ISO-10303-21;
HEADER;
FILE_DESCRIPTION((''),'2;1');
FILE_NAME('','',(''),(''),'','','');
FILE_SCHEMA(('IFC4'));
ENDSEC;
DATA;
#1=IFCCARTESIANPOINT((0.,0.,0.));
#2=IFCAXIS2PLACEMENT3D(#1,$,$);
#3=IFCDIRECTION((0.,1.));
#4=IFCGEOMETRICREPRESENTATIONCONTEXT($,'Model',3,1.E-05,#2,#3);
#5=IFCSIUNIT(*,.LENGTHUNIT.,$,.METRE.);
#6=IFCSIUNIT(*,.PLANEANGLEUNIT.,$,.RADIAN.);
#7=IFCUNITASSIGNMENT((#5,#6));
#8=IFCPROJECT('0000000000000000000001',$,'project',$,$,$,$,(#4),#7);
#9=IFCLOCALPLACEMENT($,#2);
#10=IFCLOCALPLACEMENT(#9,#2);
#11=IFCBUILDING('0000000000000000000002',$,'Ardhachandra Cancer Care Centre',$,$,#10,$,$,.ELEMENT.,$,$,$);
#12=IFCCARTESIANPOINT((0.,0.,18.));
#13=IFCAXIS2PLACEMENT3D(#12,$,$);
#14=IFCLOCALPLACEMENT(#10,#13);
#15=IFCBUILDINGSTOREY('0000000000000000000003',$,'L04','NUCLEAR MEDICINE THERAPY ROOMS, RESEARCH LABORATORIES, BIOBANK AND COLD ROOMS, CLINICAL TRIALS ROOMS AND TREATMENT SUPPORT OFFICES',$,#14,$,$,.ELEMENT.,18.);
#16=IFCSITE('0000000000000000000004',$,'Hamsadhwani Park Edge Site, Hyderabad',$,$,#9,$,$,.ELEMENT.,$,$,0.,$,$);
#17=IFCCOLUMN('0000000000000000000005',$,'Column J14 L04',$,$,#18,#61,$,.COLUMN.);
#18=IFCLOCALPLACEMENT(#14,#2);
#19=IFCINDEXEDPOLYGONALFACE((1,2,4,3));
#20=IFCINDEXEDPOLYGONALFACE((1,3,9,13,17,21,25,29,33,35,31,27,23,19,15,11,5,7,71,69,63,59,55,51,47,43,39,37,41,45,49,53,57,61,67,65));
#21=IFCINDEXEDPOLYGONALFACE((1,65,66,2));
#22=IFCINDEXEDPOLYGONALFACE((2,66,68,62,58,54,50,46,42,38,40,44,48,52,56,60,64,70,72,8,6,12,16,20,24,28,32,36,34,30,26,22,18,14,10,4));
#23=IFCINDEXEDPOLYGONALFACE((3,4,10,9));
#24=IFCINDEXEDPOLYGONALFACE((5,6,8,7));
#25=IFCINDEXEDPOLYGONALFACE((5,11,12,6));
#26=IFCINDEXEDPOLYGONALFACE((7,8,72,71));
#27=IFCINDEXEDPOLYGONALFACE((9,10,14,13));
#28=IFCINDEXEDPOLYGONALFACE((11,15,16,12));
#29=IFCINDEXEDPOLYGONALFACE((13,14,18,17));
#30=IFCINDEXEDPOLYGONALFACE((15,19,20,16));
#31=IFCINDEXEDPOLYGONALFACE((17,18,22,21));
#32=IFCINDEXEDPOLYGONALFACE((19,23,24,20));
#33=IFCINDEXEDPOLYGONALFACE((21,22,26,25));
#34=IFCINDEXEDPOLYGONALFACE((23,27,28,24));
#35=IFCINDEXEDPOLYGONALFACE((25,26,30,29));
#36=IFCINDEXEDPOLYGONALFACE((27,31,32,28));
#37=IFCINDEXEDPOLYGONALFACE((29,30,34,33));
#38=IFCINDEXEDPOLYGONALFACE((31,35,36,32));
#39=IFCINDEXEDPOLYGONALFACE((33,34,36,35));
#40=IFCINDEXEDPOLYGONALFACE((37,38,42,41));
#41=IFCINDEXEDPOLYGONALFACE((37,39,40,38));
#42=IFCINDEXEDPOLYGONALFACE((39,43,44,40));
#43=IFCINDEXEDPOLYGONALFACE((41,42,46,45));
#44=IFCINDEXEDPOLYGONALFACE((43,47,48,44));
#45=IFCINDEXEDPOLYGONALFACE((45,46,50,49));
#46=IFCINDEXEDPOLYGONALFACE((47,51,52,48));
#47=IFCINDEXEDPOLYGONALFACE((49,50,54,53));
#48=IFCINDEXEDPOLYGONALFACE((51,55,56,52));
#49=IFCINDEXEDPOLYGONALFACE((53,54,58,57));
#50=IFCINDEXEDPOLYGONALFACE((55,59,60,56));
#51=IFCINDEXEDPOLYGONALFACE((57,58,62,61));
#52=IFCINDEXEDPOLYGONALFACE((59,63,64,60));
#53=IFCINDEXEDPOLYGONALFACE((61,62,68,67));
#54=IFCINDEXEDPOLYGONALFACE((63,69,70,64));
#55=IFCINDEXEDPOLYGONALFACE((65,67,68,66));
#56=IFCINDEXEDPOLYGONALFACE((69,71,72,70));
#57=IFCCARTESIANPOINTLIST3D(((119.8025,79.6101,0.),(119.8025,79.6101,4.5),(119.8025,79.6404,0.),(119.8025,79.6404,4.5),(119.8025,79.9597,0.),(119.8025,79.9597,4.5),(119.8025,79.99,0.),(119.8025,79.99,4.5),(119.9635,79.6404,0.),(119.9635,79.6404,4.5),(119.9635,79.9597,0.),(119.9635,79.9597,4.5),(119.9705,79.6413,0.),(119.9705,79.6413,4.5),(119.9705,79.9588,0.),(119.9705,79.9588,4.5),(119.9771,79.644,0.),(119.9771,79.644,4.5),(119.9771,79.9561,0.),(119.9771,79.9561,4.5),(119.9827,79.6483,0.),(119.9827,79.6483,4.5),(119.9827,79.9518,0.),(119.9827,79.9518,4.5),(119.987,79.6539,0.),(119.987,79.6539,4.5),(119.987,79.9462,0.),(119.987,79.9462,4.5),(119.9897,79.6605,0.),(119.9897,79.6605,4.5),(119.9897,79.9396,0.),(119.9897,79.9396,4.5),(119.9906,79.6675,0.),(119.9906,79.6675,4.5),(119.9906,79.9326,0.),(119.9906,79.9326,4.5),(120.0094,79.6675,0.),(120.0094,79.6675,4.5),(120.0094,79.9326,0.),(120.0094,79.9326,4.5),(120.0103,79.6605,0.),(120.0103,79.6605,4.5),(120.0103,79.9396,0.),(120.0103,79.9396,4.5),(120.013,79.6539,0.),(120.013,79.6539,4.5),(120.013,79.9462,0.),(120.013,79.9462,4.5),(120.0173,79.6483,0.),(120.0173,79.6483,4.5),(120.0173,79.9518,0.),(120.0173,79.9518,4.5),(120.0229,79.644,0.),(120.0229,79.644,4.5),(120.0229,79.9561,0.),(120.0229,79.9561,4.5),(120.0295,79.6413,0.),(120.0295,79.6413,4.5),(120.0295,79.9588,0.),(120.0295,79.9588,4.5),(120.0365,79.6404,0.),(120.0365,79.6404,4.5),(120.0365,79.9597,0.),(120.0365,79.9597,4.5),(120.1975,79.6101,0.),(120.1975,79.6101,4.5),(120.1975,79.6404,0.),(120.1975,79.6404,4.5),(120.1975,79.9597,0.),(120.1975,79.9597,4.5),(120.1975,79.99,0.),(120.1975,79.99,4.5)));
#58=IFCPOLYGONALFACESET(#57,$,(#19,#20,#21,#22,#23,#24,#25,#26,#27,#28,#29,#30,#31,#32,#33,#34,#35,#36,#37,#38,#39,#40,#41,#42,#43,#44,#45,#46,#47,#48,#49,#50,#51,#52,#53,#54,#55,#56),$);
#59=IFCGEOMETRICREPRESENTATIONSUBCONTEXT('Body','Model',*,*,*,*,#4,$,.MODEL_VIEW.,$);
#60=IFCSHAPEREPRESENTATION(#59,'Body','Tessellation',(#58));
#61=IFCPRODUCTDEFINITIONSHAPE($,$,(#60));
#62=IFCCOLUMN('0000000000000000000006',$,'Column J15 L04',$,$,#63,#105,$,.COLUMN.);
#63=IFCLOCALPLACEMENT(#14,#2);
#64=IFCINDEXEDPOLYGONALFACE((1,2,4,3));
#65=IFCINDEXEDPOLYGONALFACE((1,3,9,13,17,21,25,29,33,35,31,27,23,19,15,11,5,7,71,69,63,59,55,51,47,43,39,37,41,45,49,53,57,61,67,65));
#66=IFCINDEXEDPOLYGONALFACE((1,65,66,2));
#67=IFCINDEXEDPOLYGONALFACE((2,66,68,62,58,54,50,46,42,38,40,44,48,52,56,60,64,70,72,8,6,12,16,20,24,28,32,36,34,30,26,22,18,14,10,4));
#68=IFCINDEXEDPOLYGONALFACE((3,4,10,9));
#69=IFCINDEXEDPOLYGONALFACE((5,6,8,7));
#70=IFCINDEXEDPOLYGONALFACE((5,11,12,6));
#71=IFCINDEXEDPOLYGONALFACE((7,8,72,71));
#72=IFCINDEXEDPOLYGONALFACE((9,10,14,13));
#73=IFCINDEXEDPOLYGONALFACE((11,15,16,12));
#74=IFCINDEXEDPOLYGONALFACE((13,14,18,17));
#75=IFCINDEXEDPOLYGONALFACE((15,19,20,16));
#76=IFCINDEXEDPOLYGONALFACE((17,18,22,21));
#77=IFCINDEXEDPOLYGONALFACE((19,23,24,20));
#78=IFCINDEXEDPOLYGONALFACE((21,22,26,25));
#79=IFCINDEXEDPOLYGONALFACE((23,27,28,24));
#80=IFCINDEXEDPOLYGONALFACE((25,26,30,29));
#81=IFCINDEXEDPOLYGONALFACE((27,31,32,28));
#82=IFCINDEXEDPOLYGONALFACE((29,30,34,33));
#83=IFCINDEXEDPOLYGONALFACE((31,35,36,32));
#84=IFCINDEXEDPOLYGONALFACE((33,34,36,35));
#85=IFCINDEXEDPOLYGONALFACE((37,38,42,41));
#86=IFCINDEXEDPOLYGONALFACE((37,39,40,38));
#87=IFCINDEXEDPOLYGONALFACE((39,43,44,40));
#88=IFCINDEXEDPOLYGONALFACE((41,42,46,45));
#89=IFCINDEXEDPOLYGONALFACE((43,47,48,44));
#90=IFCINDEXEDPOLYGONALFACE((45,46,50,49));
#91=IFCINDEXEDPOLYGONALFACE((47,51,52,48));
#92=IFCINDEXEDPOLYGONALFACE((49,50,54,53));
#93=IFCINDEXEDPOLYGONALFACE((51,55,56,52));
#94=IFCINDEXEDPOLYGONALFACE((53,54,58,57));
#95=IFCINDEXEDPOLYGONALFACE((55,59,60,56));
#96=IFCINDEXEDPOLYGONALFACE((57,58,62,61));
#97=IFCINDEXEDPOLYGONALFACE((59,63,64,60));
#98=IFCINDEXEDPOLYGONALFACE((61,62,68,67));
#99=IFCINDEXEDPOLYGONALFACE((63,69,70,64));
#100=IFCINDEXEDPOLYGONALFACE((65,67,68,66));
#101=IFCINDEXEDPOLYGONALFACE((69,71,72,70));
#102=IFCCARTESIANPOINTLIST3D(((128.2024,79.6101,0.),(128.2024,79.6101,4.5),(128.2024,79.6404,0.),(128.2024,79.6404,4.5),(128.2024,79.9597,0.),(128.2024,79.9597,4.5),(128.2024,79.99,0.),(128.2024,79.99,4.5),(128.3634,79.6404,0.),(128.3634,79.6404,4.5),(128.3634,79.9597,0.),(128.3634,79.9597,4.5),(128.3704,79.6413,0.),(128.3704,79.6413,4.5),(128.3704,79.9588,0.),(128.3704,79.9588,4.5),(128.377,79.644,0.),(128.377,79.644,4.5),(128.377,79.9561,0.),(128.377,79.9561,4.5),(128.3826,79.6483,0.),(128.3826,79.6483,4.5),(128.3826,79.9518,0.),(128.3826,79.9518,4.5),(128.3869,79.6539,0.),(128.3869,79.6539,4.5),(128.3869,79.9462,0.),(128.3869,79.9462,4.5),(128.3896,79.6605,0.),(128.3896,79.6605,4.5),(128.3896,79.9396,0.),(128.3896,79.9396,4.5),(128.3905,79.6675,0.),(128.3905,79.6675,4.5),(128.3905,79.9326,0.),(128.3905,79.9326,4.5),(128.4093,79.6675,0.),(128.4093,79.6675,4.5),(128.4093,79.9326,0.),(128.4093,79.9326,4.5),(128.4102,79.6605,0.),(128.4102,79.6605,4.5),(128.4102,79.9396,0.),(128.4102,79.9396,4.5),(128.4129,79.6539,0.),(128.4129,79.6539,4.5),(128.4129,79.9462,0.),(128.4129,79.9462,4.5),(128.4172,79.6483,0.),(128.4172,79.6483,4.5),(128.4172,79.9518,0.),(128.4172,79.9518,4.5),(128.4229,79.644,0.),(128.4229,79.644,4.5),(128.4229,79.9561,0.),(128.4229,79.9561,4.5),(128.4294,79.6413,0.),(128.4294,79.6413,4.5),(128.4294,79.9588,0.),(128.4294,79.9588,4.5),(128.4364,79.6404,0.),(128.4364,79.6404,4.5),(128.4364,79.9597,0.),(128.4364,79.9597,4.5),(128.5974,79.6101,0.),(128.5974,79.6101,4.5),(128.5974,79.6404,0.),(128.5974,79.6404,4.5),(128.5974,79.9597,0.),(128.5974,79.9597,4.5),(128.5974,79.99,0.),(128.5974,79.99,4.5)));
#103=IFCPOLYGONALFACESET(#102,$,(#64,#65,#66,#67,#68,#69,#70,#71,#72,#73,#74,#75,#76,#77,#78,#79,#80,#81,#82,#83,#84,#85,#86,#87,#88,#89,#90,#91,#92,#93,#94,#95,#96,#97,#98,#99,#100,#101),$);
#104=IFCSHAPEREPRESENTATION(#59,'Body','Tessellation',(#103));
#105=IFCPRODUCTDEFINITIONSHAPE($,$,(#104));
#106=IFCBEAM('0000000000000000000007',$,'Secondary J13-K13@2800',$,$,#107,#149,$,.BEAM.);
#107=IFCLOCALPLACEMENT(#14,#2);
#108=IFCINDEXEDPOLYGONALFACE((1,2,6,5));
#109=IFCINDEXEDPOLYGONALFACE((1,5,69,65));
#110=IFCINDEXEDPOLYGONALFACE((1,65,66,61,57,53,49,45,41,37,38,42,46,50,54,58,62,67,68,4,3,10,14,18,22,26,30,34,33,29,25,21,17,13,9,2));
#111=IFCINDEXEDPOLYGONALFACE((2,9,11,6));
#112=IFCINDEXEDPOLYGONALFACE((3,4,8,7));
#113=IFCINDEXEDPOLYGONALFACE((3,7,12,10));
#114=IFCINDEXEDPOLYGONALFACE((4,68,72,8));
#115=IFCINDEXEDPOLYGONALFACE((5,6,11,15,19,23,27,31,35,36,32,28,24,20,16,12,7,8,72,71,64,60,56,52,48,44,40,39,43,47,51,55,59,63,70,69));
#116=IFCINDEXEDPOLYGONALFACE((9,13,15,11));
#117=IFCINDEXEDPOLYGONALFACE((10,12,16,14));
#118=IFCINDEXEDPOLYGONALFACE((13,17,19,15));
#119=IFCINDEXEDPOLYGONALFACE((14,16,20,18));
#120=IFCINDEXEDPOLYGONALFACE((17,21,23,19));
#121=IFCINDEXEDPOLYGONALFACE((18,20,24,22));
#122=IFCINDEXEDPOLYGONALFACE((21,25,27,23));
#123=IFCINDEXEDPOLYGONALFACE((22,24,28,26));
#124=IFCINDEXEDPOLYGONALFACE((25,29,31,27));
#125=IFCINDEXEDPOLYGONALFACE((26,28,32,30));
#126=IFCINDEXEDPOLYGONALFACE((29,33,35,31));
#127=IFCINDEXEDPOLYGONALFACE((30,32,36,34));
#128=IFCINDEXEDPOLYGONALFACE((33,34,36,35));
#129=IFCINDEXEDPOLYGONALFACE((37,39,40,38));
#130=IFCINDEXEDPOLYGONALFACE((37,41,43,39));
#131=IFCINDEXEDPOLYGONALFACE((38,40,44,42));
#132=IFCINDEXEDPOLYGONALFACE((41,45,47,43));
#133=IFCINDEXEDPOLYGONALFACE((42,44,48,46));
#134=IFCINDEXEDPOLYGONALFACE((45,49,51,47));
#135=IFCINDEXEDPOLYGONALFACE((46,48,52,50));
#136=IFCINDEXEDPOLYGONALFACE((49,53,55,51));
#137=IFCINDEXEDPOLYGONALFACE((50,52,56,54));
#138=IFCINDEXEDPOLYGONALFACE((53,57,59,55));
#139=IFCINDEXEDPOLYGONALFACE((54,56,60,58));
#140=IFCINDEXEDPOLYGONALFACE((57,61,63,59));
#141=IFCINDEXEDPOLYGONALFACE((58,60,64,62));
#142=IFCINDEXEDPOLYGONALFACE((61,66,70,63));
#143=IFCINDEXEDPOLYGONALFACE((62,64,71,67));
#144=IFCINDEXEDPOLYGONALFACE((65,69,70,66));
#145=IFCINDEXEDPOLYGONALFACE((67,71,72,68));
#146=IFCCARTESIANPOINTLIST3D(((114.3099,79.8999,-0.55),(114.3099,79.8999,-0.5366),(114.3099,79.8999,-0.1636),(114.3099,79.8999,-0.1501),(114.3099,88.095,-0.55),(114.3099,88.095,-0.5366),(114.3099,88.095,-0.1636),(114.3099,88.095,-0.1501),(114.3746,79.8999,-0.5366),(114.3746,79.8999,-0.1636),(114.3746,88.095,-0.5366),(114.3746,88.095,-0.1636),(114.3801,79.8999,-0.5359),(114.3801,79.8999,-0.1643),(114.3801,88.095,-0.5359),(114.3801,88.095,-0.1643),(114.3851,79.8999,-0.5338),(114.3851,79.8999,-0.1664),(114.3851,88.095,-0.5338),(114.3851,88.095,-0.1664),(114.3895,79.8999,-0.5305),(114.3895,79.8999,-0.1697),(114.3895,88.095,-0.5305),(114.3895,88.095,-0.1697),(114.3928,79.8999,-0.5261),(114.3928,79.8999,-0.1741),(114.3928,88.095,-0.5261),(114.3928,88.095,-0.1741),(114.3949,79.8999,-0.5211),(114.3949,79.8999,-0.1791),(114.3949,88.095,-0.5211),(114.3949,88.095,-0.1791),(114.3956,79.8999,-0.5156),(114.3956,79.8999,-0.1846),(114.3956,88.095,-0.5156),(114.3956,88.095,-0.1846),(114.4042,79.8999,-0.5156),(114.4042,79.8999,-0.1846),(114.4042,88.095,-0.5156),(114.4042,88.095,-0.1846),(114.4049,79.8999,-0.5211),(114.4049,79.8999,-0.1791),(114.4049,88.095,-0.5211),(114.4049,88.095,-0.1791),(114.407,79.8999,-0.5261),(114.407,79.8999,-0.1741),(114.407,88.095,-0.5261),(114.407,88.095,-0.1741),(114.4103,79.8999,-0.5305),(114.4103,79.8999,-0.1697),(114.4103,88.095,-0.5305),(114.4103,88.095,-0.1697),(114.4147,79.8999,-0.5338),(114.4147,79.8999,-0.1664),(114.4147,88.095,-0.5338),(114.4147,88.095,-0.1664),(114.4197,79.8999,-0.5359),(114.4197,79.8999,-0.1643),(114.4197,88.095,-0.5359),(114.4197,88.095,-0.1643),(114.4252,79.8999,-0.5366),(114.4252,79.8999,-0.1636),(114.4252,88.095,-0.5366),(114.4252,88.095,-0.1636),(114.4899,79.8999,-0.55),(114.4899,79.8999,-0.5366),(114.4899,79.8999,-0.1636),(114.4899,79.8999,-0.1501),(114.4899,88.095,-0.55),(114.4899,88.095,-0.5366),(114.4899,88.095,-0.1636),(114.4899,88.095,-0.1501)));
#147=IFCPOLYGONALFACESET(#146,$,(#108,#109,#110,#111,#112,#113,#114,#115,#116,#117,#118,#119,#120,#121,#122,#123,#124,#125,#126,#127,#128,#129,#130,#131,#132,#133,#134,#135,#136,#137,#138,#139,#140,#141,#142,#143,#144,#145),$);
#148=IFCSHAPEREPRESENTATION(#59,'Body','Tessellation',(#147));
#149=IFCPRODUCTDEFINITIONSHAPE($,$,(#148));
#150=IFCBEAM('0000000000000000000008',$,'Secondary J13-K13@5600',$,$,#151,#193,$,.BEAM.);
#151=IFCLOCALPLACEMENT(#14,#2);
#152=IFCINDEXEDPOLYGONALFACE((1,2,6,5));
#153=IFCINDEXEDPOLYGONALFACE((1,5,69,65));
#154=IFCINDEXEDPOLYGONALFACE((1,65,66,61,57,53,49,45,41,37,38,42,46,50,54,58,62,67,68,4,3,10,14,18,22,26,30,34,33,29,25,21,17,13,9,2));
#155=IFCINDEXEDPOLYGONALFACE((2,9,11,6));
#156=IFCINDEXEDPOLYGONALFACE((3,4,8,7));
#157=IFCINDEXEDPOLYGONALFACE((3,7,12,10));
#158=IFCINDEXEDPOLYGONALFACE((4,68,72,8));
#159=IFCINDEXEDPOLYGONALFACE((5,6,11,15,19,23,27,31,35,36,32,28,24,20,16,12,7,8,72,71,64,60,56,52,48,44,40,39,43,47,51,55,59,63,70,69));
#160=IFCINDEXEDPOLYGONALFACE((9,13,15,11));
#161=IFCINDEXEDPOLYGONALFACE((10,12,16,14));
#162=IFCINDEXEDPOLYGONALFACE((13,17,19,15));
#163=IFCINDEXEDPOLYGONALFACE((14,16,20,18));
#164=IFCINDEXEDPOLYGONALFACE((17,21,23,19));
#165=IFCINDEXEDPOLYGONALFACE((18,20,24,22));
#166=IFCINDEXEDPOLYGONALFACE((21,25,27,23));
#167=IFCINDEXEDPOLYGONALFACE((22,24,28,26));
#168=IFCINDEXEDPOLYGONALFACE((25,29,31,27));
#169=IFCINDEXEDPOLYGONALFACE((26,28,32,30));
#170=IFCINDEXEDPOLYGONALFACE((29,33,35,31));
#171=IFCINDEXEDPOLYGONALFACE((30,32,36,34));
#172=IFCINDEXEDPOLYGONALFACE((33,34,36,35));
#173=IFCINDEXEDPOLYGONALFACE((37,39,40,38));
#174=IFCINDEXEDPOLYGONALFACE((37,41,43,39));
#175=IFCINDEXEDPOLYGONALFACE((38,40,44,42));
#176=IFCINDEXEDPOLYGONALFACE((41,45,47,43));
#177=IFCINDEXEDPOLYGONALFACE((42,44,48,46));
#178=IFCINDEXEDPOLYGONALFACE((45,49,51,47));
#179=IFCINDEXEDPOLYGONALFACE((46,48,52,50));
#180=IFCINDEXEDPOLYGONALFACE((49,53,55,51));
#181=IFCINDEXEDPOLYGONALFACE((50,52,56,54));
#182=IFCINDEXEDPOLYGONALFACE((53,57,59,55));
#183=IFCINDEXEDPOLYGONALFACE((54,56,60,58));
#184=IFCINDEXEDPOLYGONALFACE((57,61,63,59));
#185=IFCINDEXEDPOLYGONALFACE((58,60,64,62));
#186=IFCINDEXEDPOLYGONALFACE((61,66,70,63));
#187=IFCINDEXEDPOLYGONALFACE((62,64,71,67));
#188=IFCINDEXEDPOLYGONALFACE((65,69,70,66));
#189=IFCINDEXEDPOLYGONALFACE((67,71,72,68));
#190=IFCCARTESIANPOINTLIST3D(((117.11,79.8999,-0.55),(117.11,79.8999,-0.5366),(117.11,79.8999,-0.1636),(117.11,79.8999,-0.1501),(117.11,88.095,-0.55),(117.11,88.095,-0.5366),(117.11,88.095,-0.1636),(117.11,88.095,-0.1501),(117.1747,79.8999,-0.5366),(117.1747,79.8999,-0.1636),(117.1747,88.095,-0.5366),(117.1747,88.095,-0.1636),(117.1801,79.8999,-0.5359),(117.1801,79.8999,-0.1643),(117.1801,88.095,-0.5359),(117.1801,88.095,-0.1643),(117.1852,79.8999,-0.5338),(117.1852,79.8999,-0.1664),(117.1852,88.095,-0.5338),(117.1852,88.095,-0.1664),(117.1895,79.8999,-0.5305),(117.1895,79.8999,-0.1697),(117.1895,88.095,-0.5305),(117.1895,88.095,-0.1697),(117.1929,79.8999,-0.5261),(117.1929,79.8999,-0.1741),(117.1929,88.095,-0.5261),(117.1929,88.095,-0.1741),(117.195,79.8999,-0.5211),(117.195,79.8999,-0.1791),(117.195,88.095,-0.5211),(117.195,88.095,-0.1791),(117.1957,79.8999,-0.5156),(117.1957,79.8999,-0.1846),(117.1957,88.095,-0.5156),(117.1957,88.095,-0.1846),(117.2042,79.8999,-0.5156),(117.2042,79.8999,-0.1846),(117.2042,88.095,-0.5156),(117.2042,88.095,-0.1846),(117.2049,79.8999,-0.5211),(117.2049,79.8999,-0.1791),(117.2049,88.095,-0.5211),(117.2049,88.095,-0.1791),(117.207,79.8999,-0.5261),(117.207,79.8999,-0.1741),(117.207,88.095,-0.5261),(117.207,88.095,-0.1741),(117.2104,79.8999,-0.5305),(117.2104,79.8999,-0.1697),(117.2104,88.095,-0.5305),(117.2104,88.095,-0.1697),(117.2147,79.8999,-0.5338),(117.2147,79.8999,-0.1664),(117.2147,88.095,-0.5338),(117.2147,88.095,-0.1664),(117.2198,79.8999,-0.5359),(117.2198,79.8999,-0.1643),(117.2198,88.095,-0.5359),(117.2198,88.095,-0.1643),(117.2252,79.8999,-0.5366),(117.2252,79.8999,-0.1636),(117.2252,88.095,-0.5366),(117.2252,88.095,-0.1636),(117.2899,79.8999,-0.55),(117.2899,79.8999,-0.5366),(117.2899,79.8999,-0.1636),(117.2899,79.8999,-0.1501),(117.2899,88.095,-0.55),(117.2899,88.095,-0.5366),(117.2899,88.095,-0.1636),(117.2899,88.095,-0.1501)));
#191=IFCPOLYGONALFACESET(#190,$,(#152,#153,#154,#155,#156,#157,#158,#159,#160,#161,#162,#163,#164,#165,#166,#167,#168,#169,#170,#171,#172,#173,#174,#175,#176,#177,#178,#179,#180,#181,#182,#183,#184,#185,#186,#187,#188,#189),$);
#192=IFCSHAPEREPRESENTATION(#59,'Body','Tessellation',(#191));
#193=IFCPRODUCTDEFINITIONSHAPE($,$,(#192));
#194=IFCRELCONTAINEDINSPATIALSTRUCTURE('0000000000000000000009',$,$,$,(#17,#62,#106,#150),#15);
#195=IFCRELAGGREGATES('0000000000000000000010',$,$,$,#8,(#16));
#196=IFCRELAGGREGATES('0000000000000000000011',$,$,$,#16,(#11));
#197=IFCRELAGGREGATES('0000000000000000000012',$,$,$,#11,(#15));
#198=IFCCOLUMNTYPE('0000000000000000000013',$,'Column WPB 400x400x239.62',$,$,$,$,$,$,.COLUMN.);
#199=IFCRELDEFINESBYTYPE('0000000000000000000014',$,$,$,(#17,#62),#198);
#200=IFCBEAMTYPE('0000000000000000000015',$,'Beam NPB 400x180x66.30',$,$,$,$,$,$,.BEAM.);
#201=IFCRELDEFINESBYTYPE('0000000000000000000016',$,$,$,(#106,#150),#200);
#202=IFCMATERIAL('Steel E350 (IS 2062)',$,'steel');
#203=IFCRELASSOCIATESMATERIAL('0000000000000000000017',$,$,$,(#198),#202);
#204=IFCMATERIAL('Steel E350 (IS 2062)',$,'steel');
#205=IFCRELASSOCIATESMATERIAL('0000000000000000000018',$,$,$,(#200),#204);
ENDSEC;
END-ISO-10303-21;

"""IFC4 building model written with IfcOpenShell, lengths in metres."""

from ifc_helpers import new_model, si_unit, direction, frame, origin, origin_2d, place, context, subcontext, project, spatial, i_section, extrude, material, material_profile, profile_set, type_object, element, save


model = new_model("IFC4")

# Units and contexts
model_context = context("Model", 3, precision=1e-05, world=origin(), true_north=direction((0.0, 1.0)))
body_context = subcontext(model_context, "Body", "Model", "MODEL_VIEW")
ifc_project = project(units=[si_unit("LENGTHUNIT", "METRE"), si_unit("PLANEANGLEUNIT", "RADIAN")], contexts=[model_context])

# Site, building, storey
site_placement = place(None, origin())
site = spatial("IfcSite", under=ifc_project, at=site_placement, Name="Hamsadhwani Park Edge Site, Hyderabad", CompositionType="ELEMENT", RefElevation=0.0)
building_placement = place(site_placement, origin())
building = spatial("IfcBuilding", under=site, at=building_placement, Name="Ardhachandra Cancer Care Centre", CompositionType="ELEMENT")
storey_placement = place(building_placement, frame((0.0, 0.0, 18.0)))
storey = spatial("IfcBuildingStorey", under=building, at=storey_placement, Name="L04", Description="NUCLEAR MEDICINE THERAPY ROOMS, RESEARCH LABORATORIES, BIOBANK AND COLD ROOMS, CLINICAL TRIALS ROOMS AND TREATMENT SUPPORT OFFICES", CompositionType="ELEMENT", Elevation=18.0)

# Columns
ifc_material_1 = material(Name="Steel E350 (IS 2062)", Category="steel")
ifc_material_profile_1 = material_profile(ifc_material_1, i_section(OverallWidth=0.395, OverallDepth=0.3799, WebThickness=0.0188, FlangeThickness=0.0303, FilletRadius=0.0271, at=origin_2d()), Name="WPB 400x400x239.62")
ifc_profile_set_1 = profile_set([ifc_material_profile_1], Name="Steel E350 (IS 2062)")
column_type = type_object("IfcColumnType", Name="Column WPB 400x400x239.62", PredefinedType="COLUMN", material=ifc_profile_set_1)
for number, where, z_axis, x_axis, name in (
    (1, (120.0, 79.8, 0.0), (0.0, 0.0, 1.0), (1.0, 0.0, 0.0), "Column J14 L04"),
    (2, (128.3999, 79.8, 0.0), (0.0, 0.0, 1.0), (1.0, 0.0, 0.0), "Column J15 L04"),
):
    element("IfcColumn", number, at=place(storey_placement, frame(where, z_axis=z_axis, x_axis=x_axis)), inside=storey, type_object=column_type, Name=name, PredefinedType="COLUMN", context=body_context, shape_type="SweptSolid", body=[
        extrude(i_section(OverallWidth=0.395, OverallDepth=0.3799, WebThickness=0.0188, FlangeThickness=0.0303, FilletRadius=0.0271, at=origin_2d()), origin(), (0.0, 0.0, 1.0), 4.5),
    ])

# Beams
ifc_material_2 = material(Name="Steel E350 (IS 2062)", Category="steel")
ifc_material_profile_2 = material_profile(ifc_material_2, i_section(OverallWidth=0.1799, OverallDepth=0.3999, WebThickness=0.0085, FlangeThickness=0.0134, FilletRadius=0.021, at=origin_2d()), Name="NPB 400x180x66.30")
ifc_profile_set_2 = profile_set([ifc_material_profile_2], Name="Steel E350 (IS 2062)")
beam_type_1 = type_object("IfcBeamType", Name="Beam NPB 400x180x66.30", PredefinedType="BEAM", material=ifc_profile_set_2)
for number, where, z_axis, x_axis, name in (
    (3, (114.3999, 79.8999, -0.3501), (0.0, 1.0, 0.0), (-1.0, 0.0, 0.0), "Secondary J13-K13@2800"),
    (4, (117.2, 79.8999, -0.3501), (0.0, 1.0, 0.0), (-1.0, 0.0, 0.0), "Secondary J13-K13@5600"),
):
    element("IfcBeam", number, at=place(storey_placement, frame(where, z_axis=z_axis, x_axis=x_axis)), inside=storey, type_object=beam_type_1, Name=name, PredefinedType="BEAM", context=body_context, shape_type="SweptSolid", body=[
        extrude(i_section(OverallWidth=0.1799, OverallDepth=0.3999, WebThickness=0.0085, FlangeThickness=0.0134, FilletRadius=0.021, at=origin_2d()), origin(), (0.0, 0.0, 1.0), 8.1951),
    ])

save(model, "model.ifc")
